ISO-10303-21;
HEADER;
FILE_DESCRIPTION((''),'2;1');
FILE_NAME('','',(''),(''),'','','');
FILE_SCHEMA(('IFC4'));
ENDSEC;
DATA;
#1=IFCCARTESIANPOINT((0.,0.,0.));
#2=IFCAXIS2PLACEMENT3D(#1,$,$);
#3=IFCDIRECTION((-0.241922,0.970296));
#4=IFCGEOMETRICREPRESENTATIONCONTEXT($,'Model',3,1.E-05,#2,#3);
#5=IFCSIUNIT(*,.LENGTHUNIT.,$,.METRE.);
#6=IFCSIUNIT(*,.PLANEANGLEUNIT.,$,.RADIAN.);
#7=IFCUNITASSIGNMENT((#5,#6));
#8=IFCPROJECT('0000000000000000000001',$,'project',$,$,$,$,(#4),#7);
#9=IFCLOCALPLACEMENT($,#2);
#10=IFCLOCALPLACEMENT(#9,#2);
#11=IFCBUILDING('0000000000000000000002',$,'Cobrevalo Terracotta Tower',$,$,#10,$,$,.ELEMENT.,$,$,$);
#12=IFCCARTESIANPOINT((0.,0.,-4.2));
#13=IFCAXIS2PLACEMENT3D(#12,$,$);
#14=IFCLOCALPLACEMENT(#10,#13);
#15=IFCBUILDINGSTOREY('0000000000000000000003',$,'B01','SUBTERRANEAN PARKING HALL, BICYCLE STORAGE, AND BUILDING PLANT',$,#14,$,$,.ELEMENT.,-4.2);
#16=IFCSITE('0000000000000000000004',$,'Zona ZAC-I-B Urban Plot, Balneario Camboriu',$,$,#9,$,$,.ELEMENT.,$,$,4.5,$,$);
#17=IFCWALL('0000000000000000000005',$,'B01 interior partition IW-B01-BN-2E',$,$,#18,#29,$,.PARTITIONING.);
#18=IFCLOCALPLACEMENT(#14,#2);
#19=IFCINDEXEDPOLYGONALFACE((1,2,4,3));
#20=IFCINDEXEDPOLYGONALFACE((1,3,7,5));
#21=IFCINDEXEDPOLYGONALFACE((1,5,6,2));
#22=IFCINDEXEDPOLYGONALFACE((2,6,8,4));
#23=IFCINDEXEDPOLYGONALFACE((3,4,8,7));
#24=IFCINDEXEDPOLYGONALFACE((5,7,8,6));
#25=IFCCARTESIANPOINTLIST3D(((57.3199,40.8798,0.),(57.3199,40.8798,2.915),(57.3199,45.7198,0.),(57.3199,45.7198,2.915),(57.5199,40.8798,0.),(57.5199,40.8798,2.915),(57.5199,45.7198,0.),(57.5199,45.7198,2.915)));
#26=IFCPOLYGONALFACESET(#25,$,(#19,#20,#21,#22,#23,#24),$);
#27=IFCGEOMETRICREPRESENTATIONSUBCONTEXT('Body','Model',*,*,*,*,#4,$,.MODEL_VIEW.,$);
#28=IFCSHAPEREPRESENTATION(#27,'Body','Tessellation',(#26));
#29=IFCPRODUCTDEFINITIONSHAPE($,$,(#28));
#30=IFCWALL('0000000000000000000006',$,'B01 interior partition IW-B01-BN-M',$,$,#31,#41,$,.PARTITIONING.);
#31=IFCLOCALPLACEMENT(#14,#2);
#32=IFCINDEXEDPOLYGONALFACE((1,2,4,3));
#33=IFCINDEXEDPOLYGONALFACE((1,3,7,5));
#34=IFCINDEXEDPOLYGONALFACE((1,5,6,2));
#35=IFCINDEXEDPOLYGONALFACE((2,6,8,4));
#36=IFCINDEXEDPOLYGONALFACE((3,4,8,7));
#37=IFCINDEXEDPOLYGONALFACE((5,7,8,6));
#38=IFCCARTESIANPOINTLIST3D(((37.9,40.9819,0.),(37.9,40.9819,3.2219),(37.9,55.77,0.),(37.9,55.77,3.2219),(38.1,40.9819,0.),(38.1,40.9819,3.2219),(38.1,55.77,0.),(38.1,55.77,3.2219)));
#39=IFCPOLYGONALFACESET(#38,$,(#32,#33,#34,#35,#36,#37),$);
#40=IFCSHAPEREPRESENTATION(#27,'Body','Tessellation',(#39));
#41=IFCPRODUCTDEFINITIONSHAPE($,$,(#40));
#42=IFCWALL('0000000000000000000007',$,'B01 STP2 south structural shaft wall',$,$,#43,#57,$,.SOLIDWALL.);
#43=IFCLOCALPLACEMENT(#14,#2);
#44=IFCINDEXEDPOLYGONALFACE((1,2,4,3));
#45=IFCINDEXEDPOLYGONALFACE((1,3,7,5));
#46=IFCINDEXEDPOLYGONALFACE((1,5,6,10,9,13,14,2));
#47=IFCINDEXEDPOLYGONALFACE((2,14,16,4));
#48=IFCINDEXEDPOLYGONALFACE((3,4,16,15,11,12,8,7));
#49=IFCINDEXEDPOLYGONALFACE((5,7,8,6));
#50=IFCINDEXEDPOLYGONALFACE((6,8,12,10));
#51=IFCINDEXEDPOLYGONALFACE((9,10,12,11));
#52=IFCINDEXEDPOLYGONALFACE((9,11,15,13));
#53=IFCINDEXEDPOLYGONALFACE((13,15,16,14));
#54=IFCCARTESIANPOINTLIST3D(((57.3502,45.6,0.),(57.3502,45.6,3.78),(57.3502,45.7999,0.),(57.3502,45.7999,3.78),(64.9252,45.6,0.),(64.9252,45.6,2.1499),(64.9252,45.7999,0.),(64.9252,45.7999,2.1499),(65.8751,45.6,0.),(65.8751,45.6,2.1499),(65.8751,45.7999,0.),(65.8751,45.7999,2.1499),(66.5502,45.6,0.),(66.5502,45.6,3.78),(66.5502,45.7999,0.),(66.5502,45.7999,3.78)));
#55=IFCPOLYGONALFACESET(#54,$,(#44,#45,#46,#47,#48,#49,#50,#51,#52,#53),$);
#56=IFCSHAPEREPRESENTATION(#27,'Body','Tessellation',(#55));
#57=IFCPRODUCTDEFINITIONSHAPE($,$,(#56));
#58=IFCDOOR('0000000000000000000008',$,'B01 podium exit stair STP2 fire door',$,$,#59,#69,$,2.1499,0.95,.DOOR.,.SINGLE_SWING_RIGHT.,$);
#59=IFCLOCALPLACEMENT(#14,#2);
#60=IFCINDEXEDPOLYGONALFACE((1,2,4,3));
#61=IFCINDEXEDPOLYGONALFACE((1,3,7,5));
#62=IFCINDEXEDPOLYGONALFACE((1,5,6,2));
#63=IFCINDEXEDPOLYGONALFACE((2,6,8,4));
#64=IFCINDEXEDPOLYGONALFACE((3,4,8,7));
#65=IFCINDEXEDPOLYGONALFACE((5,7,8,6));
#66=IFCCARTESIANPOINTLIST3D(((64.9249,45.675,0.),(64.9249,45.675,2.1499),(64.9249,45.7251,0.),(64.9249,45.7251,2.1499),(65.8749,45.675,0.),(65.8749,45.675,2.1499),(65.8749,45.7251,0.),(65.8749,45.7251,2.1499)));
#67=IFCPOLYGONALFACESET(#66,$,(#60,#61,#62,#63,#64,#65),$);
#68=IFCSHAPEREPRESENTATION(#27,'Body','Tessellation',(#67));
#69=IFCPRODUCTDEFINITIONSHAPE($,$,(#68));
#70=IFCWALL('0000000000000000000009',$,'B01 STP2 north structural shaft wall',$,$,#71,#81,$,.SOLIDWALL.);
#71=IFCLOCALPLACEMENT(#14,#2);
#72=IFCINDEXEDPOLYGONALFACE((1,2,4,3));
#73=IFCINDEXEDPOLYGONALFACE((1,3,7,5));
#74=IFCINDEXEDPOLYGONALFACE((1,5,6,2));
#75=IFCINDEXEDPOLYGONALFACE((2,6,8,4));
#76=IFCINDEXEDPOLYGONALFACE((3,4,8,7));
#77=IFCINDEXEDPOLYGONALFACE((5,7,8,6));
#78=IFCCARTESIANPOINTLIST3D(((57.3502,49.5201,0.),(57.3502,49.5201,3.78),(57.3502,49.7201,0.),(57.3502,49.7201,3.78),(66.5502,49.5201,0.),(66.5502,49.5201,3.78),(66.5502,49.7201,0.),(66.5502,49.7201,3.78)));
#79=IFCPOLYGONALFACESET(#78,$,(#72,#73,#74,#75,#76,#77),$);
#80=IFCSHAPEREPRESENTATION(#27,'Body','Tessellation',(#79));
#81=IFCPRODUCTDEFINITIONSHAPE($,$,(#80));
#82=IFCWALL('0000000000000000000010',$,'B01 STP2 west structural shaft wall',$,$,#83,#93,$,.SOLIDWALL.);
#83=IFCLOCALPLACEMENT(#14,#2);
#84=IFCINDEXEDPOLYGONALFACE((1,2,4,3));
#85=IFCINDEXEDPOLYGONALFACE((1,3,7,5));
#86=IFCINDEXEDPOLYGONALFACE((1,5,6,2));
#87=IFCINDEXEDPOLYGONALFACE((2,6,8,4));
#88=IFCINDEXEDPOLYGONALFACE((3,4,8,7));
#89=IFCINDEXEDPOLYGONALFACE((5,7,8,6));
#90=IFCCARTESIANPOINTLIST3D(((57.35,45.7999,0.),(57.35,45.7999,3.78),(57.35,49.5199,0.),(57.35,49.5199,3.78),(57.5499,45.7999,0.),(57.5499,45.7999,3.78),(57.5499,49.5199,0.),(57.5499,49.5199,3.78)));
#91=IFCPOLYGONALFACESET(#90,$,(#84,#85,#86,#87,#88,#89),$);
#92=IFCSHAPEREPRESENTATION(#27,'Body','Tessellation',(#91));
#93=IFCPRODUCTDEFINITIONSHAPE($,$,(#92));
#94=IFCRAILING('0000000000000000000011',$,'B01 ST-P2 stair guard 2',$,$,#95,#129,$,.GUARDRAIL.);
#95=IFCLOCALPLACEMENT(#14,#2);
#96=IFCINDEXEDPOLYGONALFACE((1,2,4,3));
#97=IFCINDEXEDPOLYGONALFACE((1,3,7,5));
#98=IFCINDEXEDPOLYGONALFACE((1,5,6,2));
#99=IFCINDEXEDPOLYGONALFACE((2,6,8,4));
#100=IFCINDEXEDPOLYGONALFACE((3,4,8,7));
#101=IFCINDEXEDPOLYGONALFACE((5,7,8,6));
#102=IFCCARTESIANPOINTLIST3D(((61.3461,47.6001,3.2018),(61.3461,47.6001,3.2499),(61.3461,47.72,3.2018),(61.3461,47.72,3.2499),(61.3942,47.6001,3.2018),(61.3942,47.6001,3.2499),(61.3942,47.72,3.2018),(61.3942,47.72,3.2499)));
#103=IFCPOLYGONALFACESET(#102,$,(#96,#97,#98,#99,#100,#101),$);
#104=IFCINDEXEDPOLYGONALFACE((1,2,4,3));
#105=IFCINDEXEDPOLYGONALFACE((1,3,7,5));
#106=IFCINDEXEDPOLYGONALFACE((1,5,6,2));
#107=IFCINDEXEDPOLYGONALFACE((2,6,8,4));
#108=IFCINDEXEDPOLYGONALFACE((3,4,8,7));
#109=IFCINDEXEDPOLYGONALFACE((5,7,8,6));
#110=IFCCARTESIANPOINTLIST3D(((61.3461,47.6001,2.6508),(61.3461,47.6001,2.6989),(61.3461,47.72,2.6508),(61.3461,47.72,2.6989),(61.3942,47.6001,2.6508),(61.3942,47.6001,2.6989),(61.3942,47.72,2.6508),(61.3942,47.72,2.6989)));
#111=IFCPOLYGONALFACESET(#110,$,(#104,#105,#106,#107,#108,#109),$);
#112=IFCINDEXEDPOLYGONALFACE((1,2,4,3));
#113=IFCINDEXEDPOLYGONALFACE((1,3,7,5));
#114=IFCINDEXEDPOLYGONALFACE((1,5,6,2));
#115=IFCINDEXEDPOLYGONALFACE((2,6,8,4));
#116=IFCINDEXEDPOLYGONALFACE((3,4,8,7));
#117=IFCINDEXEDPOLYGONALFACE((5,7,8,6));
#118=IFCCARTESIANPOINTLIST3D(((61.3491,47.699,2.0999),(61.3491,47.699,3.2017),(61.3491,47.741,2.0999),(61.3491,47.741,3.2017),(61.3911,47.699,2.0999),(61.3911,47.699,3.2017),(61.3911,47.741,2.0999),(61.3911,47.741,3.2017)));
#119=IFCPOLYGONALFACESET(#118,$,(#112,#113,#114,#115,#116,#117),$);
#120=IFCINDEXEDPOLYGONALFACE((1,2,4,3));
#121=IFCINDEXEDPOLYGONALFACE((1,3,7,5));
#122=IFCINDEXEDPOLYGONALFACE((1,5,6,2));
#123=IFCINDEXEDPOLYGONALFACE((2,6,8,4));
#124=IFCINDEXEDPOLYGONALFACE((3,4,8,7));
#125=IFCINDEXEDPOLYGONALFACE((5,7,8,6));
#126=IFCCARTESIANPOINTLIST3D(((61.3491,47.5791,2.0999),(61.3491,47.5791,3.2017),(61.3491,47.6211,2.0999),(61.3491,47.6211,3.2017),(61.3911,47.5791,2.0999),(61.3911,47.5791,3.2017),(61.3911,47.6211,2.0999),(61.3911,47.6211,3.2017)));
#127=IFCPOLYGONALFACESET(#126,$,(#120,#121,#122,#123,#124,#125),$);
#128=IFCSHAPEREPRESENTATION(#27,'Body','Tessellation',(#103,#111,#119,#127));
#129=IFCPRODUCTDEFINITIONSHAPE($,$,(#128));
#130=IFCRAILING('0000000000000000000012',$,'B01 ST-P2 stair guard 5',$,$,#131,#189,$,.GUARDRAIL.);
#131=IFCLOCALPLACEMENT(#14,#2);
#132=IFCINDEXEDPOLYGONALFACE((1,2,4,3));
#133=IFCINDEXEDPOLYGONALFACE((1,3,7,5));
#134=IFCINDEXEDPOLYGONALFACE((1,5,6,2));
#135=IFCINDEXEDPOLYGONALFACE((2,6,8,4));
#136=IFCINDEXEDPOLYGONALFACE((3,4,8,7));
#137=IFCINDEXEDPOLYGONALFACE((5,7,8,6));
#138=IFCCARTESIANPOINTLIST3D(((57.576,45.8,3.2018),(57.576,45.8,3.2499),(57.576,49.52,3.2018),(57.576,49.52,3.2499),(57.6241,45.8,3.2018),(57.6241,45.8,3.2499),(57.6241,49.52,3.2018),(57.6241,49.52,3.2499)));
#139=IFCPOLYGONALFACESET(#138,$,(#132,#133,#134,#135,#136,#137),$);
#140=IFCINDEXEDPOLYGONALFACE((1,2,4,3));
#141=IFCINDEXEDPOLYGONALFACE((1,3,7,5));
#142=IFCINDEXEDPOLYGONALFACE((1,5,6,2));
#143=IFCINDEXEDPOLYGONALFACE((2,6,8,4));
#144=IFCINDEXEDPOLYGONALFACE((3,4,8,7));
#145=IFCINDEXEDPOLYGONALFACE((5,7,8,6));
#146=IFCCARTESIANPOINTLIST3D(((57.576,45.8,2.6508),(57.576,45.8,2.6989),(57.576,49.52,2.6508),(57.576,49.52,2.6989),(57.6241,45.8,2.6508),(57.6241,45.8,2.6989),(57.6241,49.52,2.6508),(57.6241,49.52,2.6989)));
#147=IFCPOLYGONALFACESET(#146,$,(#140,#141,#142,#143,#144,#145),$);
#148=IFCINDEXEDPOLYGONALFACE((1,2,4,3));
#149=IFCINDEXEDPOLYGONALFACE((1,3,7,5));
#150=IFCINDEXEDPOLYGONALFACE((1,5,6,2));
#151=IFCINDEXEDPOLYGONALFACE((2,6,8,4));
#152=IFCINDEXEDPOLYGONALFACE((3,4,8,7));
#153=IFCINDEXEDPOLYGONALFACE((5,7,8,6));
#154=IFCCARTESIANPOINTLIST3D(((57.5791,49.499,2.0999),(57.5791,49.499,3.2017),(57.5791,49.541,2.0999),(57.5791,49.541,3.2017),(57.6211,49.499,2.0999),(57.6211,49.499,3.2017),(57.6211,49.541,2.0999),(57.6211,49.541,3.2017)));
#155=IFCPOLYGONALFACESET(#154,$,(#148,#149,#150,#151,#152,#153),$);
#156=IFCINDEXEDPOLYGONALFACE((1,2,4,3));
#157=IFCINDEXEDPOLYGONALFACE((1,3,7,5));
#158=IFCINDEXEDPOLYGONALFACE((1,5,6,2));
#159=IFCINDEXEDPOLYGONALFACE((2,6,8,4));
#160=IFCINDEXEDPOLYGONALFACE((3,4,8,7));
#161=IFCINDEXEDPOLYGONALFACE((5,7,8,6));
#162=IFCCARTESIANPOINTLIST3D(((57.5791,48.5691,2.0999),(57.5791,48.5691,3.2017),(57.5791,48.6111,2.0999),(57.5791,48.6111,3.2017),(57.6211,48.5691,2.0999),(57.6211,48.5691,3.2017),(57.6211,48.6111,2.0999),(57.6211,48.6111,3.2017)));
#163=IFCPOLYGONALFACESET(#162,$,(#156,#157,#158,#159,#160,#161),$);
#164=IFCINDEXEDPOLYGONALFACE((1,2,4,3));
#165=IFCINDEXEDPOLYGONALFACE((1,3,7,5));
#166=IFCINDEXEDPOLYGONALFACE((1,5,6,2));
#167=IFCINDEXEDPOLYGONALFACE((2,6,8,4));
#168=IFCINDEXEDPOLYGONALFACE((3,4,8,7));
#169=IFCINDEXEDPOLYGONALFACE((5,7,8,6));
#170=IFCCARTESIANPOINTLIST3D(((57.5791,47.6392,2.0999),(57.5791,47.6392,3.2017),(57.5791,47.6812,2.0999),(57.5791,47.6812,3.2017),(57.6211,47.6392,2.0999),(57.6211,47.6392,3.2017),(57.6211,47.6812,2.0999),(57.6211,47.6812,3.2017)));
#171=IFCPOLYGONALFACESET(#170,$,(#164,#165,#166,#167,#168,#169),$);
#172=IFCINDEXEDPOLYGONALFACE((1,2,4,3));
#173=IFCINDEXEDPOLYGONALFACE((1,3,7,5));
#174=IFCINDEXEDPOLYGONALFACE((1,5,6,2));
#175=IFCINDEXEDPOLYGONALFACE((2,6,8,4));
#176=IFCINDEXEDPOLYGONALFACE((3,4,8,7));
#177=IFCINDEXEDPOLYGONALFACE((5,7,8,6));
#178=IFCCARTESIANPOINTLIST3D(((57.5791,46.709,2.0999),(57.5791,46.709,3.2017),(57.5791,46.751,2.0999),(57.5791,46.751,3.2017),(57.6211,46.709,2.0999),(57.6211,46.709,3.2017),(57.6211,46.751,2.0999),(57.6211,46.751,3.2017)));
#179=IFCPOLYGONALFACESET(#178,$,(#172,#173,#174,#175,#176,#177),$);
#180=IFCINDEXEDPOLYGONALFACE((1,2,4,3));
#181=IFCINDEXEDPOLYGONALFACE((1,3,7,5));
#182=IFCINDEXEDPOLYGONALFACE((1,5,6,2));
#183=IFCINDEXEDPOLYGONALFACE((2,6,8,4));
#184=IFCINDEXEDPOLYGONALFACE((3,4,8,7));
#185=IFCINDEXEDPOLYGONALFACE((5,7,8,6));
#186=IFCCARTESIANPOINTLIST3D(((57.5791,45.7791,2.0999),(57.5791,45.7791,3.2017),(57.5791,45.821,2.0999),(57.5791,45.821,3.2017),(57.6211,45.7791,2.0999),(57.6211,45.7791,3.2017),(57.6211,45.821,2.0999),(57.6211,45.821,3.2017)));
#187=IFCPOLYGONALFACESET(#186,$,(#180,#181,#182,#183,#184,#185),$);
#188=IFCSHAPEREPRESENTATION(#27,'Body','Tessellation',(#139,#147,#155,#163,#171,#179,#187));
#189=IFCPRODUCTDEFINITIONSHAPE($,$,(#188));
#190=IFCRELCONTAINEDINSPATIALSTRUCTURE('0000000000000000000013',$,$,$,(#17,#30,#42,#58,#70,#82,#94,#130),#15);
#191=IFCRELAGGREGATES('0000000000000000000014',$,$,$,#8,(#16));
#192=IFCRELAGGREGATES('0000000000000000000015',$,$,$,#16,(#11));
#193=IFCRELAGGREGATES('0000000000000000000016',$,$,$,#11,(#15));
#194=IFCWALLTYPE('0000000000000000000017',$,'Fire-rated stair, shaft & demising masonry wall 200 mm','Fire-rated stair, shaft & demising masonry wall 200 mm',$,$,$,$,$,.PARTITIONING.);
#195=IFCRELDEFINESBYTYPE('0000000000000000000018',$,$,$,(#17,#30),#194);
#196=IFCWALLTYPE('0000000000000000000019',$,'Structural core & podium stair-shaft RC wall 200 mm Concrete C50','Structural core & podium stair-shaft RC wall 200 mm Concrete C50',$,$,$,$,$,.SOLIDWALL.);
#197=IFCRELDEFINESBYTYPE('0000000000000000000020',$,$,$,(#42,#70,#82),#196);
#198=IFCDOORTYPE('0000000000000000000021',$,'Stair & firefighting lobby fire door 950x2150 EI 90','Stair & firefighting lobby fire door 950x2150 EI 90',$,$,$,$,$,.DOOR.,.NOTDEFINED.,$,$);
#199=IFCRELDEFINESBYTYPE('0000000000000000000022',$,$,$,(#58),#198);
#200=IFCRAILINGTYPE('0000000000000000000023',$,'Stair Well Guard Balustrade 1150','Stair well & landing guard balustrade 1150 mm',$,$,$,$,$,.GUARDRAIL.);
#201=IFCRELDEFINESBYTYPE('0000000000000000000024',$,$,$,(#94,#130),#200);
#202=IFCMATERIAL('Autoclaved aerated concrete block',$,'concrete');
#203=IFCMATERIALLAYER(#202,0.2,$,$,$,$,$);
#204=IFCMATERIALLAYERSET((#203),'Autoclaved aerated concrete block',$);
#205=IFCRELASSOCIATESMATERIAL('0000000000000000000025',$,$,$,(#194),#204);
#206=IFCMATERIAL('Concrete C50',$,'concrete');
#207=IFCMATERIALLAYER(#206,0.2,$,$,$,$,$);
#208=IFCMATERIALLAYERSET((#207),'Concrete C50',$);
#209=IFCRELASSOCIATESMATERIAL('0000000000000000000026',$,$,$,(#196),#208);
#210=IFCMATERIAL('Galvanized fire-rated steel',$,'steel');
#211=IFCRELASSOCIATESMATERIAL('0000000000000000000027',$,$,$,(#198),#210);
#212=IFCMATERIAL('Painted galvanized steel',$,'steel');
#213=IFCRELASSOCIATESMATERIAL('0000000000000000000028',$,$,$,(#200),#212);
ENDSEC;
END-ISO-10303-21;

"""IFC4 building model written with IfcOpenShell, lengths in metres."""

from ifc_helpers import new_model, si_unit, direction, frame, frame_2d, origin, origin_2d, place, context, subcontext, project, spatial, rectangle, extrude, source, transform, mapped, material, layer, layer_set, type_object, element, fill, save


model = new_model("IFC4")

# Units and contexts
model_context = context("Model", 3, precision=1e-05, world=origin(), true_north=direction((-0.241922, 0.970296)))
body_context = subcontext(model_context, "Body", "Model", "MODEL_VIEW")
ifc_project = project(units=[si_unit("LENGTHUNIT", "METRE"), si_unit("PLANEANGLEUNIT", "RADIAN")], contexts=[model_context])

# Site, building, storey
site_placement = place(None, origin())
site = spatial("IfcSite", under=ifc_project, at=site_placement, Name="Zona ZAC-I-B Urban Plot, Balneario Camboriu", CompositionType="ELEMENT", RefElevation=4.5)
building_placement = place(site_placement, origin())
building = spatial("IfcBuilding", under=site, at=building_placement, Name="Cobrevalo Terracotta Tower", CompositionType="ELEMENT")
storey_placement = place(building_placement, frame((0.0, 0.0, -4.2)))
storey = spatial("IfcBuildingStorey", under=building, at=storey_placement, Name="B01", Description="SUBTERRANEAN PARKING HALL, BICYCLE STORAGE, AND BUILDING PLANT", CompositionType="ELEMENT", Elevation=-4.2)

# Shared definitions
ifc_material_1 = material(Name="Concrete C50", Category="concrete")

# Walls
ifc_material_2 = material(Name="Autoclaved aerated concrete block", Category="concrete")
ifc_layer_1 = layer(ifc_material_2, 0.2)
ifc_layer_set_1 = layer_set([ifc_layer_1], Name="Autoclaved aerated concrete block")
wall_type_1 = type_object("IfcWallType", Name="Fire-rated stair, shaft & demising masonry wall 200 mm", Description="Fire-rated stair, shaft & demising masonry wall 200 mm", PredefinedType="PARTITIONING", material=ifc_layer_set_1)
wall_1_placement = place(storey_placement, frame((57.4199, 40.8799, 0.0), z_axis=(0.0, 0.0, 1.0), x_axis=(0.0, 1.0, 0.0)))
element("IfcWall", 1, at=wall_1_placement, inside=storey, type_object=wall_type_1, Name="B01 interior partition IW-B01-BN-2E", PredefinedType="PARTITIONING", context=body_context, shape_type="SweptSolid", body=[
    extrude(rectangle(XDim=4.8401, YDim=0.2, at=frame_2d((2.4199, 0.0))), origin(), (0.0, 0.0, 1.0), 2.915),
])
wall_2_placement = place(storey_placement, frame((38.0, 40.9819, 0.0), z_axis=(0.0, 0.0, 1.0), x_axis=(0.0, 1.0, 0.0)))
element("IfcWall", 2, at=wall_2_placement, inside=storey, type_object=wall_type_1, Name="B01 interior partition IW-B01-BN-M", PredefinedType="PARTITIONING", context=body_context, shape_type="SweptSolid", body=[
    extrude(rectangle(XDim=14.7881, YDim=0.2, at=frame_2d((7.394, 0.0))), origin(), (0.0, 0.0, 1.0), 3.2219),
])

# Wall, opening, door
ifc_layer_2 = layer(ifc_material_1, 0.2)
ifc_layer_set_2 = layer_set([ifc_layer_2], Name="Concrete C50")
wall_type_2 = type_object("IfcWallType", Name="Structural core & podium stair-shaft RC wall 200 mm Concrete C50", Description="Structural core & podium stair-shaft RC wall 200 mm Concrete C50", PredefinedType="SOLIDWALL", material=ifc_layer_set_2)
wall_3_placement = place(storey_placement, frame((57.3501, 45.7, 0.0), z_axis=(0.0, 0.0, 1.0), x_axis=(1.0, 0.0, 0.0)))
wall_3 = element("IfcWall", 3, at=wall_3_placement, inside=storey, type_object=wall_type_2, Name="B01 STP2 south structural shaft wall", PredefinedType="SOLIDWALL", context=body_context, shape_type="SweptSolid", body=[
    extrude(rectangle(XDim=9.2, YDim=0.2, at=frame_2d((4.6001, 0.0))), origin(), (0.0, 0.0, 1.0), 3.78),
])
opening_placement = place(wall_3_placement, frame((7.575, 0.0, 0.0)))
opening = element("IfcOpeningElement", 4, at=opening_placement, cuts=wall_3, PredefinedType="OPENING", context=body_context, shape_type="SweptSolid", body=[
    extrude(rectangle(XDim=0.95, YDim=2.1499, at=frame_2d((0.4751, 1.075))), frame((0.0, 0.1099, 0.0), z_axis=(0.0, -1.0, 0.0), x_axis=(1.0, 0.0, 0.0)), (0.0, 0.0, 1.0), 0.22),
])
ifc_material_3 = material(Name="Galvanized fire-rated steel", Category="steel")
door_type = type_object("IfcDoorType", Name="Stair & firefighting lobby fire door 950x2150 EI 90", Description="Stair & firefighting lobby fire door 950x2150 EI 90", OperationType="NOTDEFINED", PredefinedType="DOOR", material=ifc_material_3)
shared_shape = source(origin(), body_context, "Body", "SweptSolid", [
    extrude(rectangle(XDim=0.95, YDim=2.1499, at=frame_2d((0.4751, 1.075))), frame((0.0, 0.0249, 0.0), z_axis=(0.0, -1.0, 0.0), x_axis=(1.0, 0.0, 0.0)), (0.0, 0.0, 1.0), 0.05),
])
door_placement = place(opening_placement, frame((0.95, 0.0, 0.0), z_axis=(0.0, 0.0, 1.0), x_axis=(-1.0, 0.0, 0.0)))
door = element("IfcDoor", 5, at=door_placement, inside=storey, type_object=door_type, Name="B01 podium exit stair STP2 fire door", OperationType="SINGLE_SWING_RIGHT", OverallHeight=2.1499, OverallWidth=0.95, PredefinedType="DOOR", context=body_context, shape_type="MappedRepresentation", body=[
    mapped(shared_shape, transform((0.0, 0.0, 0.0), scale=1.0)),
])
fill(opening, door)

# Walls
wall_4_placement = place(storey_placement, frame((57.3501, 49.6201, 0.0), z_axis=(0.0, 0.0, 1.0), x_axis=(1.0, 0.0, 0.0)))
element("IfcWall", 6, at=wall_4_placement, inside=storey, type_object=wall_type_2, Name="B01 STP2 north structural shaft wall", PredefinedType="SOLIDWALL", context=body_context, shape_type="SweptSolid", body=[
    extrude(rectangle(XDim=9.2, YDim=0.2, at=frame_2d((4.6001, 0.0))), origin(), (0.0, 0.0, 1.0), 3.78),
])
wall_5_placement = place(storey_placement, frame((57.45, 45.8, 0.0), z_axis=(0.0, 0.0, 1.0), x_axis=(0.0, 1.0, 0.0)))
element("IfcWall", 7, at=wall_5_placement, inside=storey, type_object=wall_type_2, Name="B01 STP2 west structural shaft wall", PredefinedType="SOLIDWALL", context=body_context, shape_type="SweptSolid", body=[
    extrude(rectangle(XDim=3.72, YDim=0.2, at=frame_2d((1.8599, 0.0))), origin(), (0.0, 0.0, 1.0), 3.78),
])

# Railings
ifc_material_4 = material(Name="Painted galvanized steel", Category="steel")
railing_type = type_object("IfcRailingType", Name="Stair Well Guard Balustrade 1150", Description="Stair well & landing guard balustrade 1150 mm", PredefinedType="GUARDRAIL", material=ifc_material_4)
railing_1_placement = place(storey_placement, frame((61.3701, 47.72, 2.0999)))
element("IfcRailing", 8, at=railing_1_placement, inside=storey, type_object=railing_type, Name="B01 ST-P2 stair guard 2", PredefinedType="GUARDRAIL", context=body_context, shape_type="SweptSolid", body=[
    extrude(rectangle(XDim=0.0481, YDim=0.0481, at=origin_2d()), frame((0.0, 0.0, 1.126), z_axis=(0.0, -1.0, 0.0), x_axis=(1.0, 0.0, 0.0)), (0.0, 0.0, 1.0), 0.1199),
    extrude(rectangle(XDim=0.0481, YDim=0.0481, at=origin_2d()), frame((0.0, 0.0, 0.575), z_axis=(0.0, -1.0, 0.0), x_axis=(1.0, 0.0, 0.0)), (0.0, 0.0, 1.0), 0.1199),
    extrude(rectangle(XDim=0.042, YDim=0.042, at=origin_2d()), origin(), (0.0, 0.0, 1.0), 1.1018),
    extrude(rectangle(XDim=0.042, YDim=0.042, at=origin_2d()), frame((0.0, -0.1199, 0.0)), (0.0, 0.0, 1.0), 1.1018),
])
railing_2_placement = place(storey_placement, frame((57.6001, 49.52, 2.0999)))
element("IfcRailing", 9, at=railing_2_placement, inside=storey, type_object=railing_type, Name="B01 ST-P2 stair guard 5", PredefinedType="GUARDRAIL", context=body_context, shape_type="SweptSolid", body=[
    extrude(rectangle(XDim=0.0481, YDim=0.0481, at=origin_2d()), frame((0.0, 0.0, 1.126), z_axis=(0.0, -1.0, 0.0), x_axis=(1.0, 0.0, 0.0)), (0.0, 0.0, 1.0), 3.72),
    extrude(rectangle(XDim=0.0481, YDim=0.0481, at=origin_2d()), frame((0.0, 0.0, 0.575), z_axis=(0.0, -1.0, 0.0), x_axis=(1.0, 0.0, 0.0)), (0.0, 0.0, 1.0), 3.72),
    extrude(rectangle(XDim=0.042, YDim=0.042, at=origin_2d()), origin(), (0.0, 0.0, 1.0), 1.1018),
    extrude(rectangle(XDim=0.042, YDim=0.042, at=origin_2d()), frame((0.0, -0.9299, 0.0)), (0.0, 0.0, 1.0), 1.1018),
    extrude(rectangle(XDim=0.042, YDim=0.042, at=origin_2d()), frame((0.0, -1.8599, 0.0)), (0.0, 0.0, 1.0), 1.1018),
    extrude(rectangle(XDim=0.042, YDim=0.042, at=origin_2d()), frame((0.0, -2.79, 0.0)), (0.0, 0.0, 1.0), 1.1018),
    extrude(rectangle(XDim=0.042, YDim=0.042, at=origin_2d()), frame((0.0, -3.72, 0.0)), (0.0, 0.0, 1.0), 1.1018),
])

save(model, "model.ifc")
